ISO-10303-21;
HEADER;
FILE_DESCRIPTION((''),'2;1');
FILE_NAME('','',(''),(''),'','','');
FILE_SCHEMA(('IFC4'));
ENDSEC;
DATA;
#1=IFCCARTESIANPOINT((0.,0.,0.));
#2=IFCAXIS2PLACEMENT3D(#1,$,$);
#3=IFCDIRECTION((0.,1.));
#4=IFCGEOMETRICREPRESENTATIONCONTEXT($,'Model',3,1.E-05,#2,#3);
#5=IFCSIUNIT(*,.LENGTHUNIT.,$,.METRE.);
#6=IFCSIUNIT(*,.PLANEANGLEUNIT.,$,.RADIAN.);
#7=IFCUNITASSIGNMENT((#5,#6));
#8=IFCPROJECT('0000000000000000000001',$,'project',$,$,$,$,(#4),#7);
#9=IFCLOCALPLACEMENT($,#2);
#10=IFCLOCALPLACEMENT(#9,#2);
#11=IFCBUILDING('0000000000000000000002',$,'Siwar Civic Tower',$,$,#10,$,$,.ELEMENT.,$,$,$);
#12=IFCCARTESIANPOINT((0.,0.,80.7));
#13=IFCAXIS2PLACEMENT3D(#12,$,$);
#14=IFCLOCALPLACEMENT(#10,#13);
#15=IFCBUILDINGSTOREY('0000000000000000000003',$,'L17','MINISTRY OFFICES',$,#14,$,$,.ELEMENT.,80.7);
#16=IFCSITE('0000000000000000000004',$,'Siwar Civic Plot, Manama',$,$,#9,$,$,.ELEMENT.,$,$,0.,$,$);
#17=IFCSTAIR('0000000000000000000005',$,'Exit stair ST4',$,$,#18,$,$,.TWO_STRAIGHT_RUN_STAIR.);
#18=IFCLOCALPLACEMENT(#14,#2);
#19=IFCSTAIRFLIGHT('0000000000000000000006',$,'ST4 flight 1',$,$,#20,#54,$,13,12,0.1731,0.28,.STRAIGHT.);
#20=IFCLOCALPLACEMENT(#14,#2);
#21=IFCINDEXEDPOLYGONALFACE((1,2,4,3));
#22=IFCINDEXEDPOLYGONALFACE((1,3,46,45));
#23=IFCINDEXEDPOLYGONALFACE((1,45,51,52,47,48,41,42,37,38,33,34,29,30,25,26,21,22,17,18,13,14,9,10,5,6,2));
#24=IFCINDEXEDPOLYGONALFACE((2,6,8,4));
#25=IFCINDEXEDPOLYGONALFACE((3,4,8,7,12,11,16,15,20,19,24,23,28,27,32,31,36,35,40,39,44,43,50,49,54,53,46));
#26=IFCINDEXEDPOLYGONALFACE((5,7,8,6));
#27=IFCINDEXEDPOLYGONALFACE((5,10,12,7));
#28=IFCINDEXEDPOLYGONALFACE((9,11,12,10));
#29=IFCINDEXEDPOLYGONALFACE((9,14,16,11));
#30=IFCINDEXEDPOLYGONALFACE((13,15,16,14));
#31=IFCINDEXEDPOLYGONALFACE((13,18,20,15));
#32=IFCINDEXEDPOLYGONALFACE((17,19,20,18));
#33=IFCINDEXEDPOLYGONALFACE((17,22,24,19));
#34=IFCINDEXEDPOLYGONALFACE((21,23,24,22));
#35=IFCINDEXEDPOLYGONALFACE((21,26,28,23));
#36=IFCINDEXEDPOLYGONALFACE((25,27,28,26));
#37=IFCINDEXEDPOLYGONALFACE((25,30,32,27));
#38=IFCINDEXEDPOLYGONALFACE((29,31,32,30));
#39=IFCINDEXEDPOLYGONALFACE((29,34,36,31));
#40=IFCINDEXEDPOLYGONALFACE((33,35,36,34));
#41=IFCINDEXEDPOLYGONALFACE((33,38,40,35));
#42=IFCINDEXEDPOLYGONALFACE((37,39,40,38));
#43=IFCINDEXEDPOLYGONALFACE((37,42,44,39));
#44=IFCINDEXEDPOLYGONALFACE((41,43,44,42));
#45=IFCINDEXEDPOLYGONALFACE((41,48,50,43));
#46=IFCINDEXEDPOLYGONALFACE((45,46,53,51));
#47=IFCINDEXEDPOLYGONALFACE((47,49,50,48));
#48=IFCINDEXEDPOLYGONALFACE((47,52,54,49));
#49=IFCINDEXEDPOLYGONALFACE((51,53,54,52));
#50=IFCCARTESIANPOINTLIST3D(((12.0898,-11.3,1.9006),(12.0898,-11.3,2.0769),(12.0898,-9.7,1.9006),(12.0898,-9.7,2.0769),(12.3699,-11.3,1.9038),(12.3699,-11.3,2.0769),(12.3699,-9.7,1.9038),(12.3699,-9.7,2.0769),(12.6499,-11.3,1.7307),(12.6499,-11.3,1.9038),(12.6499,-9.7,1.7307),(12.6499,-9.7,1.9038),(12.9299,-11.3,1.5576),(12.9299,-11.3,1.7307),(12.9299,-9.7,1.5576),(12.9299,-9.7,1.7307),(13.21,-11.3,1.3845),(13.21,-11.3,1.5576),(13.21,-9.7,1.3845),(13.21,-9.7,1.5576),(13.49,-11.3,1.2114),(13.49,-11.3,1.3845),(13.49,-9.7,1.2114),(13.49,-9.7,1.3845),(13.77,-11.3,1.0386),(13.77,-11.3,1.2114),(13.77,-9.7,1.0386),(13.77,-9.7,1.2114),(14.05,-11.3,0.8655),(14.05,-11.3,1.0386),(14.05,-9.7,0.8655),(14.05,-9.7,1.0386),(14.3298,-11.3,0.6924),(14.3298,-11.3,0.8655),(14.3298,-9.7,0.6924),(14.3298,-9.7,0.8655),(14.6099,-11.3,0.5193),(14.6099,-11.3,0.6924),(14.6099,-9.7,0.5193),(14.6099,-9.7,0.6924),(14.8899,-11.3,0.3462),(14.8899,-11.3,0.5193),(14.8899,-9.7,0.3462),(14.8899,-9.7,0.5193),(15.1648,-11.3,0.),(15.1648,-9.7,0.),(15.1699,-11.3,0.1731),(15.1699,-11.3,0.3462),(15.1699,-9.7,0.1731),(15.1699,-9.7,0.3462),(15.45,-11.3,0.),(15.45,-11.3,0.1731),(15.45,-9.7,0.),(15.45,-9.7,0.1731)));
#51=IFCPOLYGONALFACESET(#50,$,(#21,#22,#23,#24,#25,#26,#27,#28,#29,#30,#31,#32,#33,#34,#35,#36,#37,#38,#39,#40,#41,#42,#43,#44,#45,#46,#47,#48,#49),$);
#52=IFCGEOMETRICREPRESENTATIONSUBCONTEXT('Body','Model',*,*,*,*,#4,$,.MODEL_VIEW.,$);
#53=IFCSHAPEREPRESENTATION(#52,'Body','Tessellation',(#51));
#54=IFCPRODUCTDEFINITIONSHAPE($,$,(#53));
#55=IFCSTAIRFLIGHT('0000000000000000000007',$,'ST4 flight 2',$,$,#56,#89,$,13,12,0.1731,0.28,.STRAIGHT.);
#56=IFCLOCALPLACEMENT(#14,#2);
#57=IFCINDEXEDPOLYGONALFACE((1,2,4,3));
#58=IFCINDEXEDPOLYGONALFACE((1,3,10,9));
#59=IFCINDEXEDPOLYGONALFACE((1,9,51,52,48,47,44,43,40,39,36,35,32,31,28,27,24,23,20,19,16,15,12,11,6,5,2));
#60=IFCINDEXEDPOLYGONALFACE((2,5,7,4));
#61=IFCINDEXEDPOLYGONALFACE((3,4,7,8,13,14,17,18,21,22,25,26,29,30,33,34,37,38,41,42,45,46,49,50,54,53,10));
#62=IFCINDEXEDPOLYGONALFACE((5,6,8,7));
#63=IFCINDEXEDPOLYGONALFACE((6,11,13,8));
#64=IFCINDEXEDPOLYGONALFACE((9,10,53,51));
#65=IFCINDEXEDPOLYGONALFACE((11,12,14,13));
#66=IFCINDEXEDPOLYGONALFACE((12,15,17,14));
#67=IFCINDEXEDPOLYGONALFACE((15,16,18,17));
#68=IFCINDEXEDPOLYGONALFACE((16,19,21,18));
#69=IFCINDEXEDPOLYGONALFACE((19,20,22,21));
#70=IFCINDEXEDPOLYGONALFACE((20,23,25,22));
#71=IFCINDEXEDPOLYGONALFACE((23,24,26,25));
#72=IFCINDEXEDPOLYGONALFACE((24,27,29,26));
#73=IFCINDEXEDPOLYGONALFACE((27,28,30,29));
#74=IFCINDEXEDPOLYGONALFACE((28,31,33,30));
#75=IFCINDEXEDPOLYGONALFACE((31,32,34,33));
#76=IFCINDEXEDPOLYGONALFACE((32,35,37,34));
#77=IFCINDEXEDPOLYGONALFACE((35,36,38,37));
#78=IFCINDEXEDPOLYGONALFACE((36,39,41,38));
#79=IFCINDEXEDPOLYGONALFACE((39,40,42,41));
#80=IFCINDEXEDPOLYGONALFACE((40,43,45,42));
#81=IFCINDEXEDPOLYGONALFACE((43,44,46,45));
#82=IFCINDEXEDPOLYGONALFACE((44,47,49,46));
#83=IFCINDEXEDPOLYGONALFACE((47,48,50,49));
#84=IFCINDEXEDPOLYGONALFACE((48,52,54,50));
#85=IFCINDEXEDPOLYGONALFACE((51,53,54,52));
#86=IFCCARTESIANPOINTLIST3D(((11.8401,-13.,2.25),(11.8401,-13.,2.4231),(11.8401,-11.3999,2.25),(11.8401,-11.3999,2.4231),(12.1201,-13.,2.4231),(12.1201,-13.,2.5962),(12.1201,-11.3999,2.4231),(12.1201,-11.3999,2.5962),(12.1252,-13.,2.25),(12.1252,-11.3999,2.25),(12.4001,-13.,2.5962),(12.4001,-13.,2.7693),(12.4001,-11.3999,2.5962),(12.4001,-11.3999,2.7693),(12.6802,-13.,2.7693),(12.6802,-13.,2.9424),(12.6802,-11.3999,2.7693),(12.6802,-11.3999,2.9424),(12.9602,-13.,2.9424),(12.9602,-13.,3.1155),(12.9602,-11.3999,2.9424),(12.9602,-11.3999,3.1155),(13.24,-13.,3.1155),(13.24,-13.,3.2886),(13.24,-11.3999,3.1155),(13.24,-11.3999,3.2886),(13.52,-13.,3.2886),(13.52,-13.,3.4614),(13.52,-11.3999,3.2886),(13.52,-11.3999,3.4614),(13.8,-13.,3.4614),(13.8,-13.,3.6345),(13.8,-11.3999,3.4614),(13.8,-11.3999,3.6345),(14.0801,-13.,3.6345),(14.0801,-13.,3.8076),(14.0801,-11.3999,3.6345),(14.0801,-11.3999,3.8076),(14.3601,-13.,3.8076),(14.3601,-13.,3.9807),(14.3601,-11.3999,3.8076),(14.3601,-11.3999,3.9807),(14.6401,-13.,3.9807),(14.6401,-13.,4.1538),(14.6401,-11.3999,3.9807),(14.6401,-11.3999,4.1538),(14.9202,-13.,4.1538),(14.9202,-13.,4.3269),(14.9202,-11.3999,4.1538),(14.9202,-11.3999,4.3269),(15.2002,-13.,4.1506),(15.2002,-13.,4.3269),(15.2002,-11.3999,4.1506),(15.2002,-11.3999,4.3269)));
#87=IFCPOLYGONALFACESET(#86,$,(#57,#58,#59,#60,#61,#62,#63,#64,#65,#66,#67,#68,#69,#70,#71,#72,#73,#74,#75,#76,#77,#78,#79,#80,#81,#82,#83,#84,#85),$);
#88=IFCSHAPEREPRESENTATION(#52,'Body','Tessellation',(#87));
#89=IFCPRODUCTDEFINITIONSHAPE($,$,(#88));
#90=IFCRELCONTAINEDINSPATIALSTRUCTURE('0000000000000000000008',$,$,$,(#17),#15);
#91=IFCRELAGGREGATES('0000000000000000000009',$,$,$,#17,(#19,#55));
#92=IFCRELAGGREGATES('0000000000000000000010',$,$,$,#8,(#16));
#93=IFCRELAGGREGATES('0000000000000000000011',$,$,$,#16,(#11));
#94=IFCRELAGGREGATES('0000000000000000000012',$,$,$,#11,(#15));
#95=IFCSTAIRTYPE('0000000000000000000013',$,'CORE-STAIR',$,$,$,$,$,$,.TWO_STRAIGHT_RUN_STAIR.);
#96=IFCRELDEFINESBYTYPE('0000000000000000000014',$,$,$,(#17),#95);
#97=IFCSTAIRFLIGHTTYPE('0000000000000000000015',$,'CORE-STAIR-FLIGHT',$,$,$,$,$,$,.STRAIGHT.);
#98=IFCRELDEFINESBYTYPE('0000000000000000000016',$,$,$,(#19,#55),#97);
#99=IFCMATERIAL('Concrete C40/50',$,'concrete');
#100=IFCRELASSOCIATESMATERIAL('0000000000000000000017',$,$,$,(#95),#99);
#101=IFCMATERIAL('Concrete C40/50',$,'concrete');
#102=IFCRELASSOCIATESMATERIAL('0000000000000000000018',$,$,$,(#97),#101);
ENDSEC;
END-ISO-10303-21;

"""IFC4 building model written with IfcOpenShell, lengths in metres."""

from ifc_helpers import new_model, si_unit, direction, frame, origin, place, context, subcontext, project, spatial, polyline, outline, extrude, material, type_object, element, aggregate, save


model = new_model("IFC4")

# Units and contexts
model_context = context("Model", 3, precision=1e-05, world=origin(), true_north=direction((0.0, 1.0)))
body_context = subcontext(model_context, "Body", "Model", "MODEL_VIEW")
ifc_project = project(units=[si_unit("LENGTHUNIT", "METRE"), si_unit("PLANEANGLEUNIT", "RADIAN")], contexts=[model_context])

# Site, building, storey
site_placement = place(None, origin())
site = spatial("IfcSite", under=ifc_project, at=site_placement, Name="Siwar Civic Plot, Manama", CompositionType="ELEMENT", RefElevation=0.0)
building_placement = place(site_placement, origin())
building = spatial("IfcBuilding", under=site, at=building_placement, Name="Siwar Civic Tower", CompositionType="ELEMENT")
storey_placement = place(building_placement, frame((0.0, 0.0, 80.7)))
storey = spatial("IfcBuildingStorey", under=building, at=storey_placement, Name="L17", Description="MINISTRY OFFICES", CompositionType="ELEMENT", Elevation=80.7)

# Stair, stair flights
ifc_material_1 = material(Name="Concrete C40/50", Category="concrete")
stair_type = type_object("IfcStairType", Name="CORE-STAIR", PredefinedType="TWO_STRAIGHT_RUN_STAIR", material=ifc_material_1)
stair_placement = place(storey_placement, origin())
stair = element("IfcStair", 1, at=stair_placement, inside=storey, type_object=stair_type, Name="Exit stair ST4", PredefinedType="TWO_STRAIGHT_RUN_STAIR")
ifc_material_2 = material(Name="Concrete C40/50", Category="concrete")
stair_flight_type = type_object("IfcStairFlightType", Name="CORE-STAIR-FLIGHT", PredefinedType="STRAIGHT", material=ifc_material_2)
stair_flight_1_placement = place(storey_placement, frame((15.45, -10.5, 0.0), z_axis=(0.0, 0.0, 1.0), x_axis=(-1.0, 0.0, 0.0)))
stair_flight_1 = element("IfcStairFlight", 2, at=stair_flight_1_placement, type_object=stair_flight_type, Name="ST4 flight 1", NumberOfRisers=13, NumberOfTreads=12, PredefinedType="STRAIGHT", RiserHeight=0.1731, TreadLength=0.28, context=body_context, shape_type="SweptSolid", body=[
    extrude(outline(polyline([(0.0, 0.0), (0.0, 0.1731), (0.28, 0.1731), (0.28, 0.3462), (0.5601, 0.3462), (0.5601, 0.5193), (0.8401, 0.5193), (0.8401, 0.6924), (1.1201, 0.6924), (1.1201, 0.8655), (1.3999, 0.8655), (1.3999, 1.0386), (1.6799, 1.0386), (1.6799, 1.2114), (1.96, 1.2114), (1.96, 1.3845), (2.24, 1.3845), (2.24, 1.5576), (2.52, 1.5576), (2.52, 1.7307), (2.8, 1.7307), (2.8, 1.9038), (3.0801, 1.9038), (3.0801, 2.0769), (3.3601, 2.0769), (3.3601, 2.25), (3.3601, 1.9006), (0.2852, 0.0), (0.0, 0.0)])), frame((0.0, 0.8, 0.0), z_axis=(0.0, -1.0, 0.0), x_axis=(1.0, 0.0, 0.0)), (0.0, 0.0, 1.0), 1.6001),
])
stair_flight_2_placement = place(storey_placement, frame((11.8401, -12.2, 2.25), z_axis=(0.0, 0.0, 1.0), x_axis=(1.0, 0.0, 0.0)))
stair_flight_2 = element("IfcStairFlight", 3, at=stair_flight_2_placement, type_object=stair_flight_type, Name="ST4 flight 2", NumberOfRisers=13, NumberOfTreads=12, PredefinedType="STRAIGHT", RiserHeight=0.1731, TreadLength=0.28, context=body_context, shape_type="SweptSolid", body=[
    extrude(outline(polyline([(0.0, 0.0), (0.0, 0.1731), (0.28, 0.1731), (0.28, 0.3462), (0.5601, 0.3462), (0.5601, 0.5193), (0.8401, 0.5193), (0.8401, 0.6924), (1.1201, 0.6924), (1.1201, 0.8655), (1.3999, 0.8655), (1.3999, 1.0386), (1.6799, 1.0386), (1.6799, 1.2114), (1.96, 1.2114), (1.96, 1.3845), (2.24, 1.3845), (2.24, 1.5576), (2.52, 1.5576), (2.52, 1.7307), (2.8, 1.7307), (2.8, 1.9038), (3.0801, 1.9038), (3.0801, 2.0769), (3.3601, 2.0769), (3.3601, 2.25), (3.3601, 1.9006), (0.2852, 0.0), (0.0, 0.0)])), frame((0.0, 0.8, 0.0), z_axis=(0.0, -1.0, 0.0), x_axis=(1.0, 0.0, 0.0)), (0.0, 0.0, 1.0), 1.6001),
])
aggregate(stair, [stair_flight_1, stair_flight_2])

save(model, "model.ifc")
